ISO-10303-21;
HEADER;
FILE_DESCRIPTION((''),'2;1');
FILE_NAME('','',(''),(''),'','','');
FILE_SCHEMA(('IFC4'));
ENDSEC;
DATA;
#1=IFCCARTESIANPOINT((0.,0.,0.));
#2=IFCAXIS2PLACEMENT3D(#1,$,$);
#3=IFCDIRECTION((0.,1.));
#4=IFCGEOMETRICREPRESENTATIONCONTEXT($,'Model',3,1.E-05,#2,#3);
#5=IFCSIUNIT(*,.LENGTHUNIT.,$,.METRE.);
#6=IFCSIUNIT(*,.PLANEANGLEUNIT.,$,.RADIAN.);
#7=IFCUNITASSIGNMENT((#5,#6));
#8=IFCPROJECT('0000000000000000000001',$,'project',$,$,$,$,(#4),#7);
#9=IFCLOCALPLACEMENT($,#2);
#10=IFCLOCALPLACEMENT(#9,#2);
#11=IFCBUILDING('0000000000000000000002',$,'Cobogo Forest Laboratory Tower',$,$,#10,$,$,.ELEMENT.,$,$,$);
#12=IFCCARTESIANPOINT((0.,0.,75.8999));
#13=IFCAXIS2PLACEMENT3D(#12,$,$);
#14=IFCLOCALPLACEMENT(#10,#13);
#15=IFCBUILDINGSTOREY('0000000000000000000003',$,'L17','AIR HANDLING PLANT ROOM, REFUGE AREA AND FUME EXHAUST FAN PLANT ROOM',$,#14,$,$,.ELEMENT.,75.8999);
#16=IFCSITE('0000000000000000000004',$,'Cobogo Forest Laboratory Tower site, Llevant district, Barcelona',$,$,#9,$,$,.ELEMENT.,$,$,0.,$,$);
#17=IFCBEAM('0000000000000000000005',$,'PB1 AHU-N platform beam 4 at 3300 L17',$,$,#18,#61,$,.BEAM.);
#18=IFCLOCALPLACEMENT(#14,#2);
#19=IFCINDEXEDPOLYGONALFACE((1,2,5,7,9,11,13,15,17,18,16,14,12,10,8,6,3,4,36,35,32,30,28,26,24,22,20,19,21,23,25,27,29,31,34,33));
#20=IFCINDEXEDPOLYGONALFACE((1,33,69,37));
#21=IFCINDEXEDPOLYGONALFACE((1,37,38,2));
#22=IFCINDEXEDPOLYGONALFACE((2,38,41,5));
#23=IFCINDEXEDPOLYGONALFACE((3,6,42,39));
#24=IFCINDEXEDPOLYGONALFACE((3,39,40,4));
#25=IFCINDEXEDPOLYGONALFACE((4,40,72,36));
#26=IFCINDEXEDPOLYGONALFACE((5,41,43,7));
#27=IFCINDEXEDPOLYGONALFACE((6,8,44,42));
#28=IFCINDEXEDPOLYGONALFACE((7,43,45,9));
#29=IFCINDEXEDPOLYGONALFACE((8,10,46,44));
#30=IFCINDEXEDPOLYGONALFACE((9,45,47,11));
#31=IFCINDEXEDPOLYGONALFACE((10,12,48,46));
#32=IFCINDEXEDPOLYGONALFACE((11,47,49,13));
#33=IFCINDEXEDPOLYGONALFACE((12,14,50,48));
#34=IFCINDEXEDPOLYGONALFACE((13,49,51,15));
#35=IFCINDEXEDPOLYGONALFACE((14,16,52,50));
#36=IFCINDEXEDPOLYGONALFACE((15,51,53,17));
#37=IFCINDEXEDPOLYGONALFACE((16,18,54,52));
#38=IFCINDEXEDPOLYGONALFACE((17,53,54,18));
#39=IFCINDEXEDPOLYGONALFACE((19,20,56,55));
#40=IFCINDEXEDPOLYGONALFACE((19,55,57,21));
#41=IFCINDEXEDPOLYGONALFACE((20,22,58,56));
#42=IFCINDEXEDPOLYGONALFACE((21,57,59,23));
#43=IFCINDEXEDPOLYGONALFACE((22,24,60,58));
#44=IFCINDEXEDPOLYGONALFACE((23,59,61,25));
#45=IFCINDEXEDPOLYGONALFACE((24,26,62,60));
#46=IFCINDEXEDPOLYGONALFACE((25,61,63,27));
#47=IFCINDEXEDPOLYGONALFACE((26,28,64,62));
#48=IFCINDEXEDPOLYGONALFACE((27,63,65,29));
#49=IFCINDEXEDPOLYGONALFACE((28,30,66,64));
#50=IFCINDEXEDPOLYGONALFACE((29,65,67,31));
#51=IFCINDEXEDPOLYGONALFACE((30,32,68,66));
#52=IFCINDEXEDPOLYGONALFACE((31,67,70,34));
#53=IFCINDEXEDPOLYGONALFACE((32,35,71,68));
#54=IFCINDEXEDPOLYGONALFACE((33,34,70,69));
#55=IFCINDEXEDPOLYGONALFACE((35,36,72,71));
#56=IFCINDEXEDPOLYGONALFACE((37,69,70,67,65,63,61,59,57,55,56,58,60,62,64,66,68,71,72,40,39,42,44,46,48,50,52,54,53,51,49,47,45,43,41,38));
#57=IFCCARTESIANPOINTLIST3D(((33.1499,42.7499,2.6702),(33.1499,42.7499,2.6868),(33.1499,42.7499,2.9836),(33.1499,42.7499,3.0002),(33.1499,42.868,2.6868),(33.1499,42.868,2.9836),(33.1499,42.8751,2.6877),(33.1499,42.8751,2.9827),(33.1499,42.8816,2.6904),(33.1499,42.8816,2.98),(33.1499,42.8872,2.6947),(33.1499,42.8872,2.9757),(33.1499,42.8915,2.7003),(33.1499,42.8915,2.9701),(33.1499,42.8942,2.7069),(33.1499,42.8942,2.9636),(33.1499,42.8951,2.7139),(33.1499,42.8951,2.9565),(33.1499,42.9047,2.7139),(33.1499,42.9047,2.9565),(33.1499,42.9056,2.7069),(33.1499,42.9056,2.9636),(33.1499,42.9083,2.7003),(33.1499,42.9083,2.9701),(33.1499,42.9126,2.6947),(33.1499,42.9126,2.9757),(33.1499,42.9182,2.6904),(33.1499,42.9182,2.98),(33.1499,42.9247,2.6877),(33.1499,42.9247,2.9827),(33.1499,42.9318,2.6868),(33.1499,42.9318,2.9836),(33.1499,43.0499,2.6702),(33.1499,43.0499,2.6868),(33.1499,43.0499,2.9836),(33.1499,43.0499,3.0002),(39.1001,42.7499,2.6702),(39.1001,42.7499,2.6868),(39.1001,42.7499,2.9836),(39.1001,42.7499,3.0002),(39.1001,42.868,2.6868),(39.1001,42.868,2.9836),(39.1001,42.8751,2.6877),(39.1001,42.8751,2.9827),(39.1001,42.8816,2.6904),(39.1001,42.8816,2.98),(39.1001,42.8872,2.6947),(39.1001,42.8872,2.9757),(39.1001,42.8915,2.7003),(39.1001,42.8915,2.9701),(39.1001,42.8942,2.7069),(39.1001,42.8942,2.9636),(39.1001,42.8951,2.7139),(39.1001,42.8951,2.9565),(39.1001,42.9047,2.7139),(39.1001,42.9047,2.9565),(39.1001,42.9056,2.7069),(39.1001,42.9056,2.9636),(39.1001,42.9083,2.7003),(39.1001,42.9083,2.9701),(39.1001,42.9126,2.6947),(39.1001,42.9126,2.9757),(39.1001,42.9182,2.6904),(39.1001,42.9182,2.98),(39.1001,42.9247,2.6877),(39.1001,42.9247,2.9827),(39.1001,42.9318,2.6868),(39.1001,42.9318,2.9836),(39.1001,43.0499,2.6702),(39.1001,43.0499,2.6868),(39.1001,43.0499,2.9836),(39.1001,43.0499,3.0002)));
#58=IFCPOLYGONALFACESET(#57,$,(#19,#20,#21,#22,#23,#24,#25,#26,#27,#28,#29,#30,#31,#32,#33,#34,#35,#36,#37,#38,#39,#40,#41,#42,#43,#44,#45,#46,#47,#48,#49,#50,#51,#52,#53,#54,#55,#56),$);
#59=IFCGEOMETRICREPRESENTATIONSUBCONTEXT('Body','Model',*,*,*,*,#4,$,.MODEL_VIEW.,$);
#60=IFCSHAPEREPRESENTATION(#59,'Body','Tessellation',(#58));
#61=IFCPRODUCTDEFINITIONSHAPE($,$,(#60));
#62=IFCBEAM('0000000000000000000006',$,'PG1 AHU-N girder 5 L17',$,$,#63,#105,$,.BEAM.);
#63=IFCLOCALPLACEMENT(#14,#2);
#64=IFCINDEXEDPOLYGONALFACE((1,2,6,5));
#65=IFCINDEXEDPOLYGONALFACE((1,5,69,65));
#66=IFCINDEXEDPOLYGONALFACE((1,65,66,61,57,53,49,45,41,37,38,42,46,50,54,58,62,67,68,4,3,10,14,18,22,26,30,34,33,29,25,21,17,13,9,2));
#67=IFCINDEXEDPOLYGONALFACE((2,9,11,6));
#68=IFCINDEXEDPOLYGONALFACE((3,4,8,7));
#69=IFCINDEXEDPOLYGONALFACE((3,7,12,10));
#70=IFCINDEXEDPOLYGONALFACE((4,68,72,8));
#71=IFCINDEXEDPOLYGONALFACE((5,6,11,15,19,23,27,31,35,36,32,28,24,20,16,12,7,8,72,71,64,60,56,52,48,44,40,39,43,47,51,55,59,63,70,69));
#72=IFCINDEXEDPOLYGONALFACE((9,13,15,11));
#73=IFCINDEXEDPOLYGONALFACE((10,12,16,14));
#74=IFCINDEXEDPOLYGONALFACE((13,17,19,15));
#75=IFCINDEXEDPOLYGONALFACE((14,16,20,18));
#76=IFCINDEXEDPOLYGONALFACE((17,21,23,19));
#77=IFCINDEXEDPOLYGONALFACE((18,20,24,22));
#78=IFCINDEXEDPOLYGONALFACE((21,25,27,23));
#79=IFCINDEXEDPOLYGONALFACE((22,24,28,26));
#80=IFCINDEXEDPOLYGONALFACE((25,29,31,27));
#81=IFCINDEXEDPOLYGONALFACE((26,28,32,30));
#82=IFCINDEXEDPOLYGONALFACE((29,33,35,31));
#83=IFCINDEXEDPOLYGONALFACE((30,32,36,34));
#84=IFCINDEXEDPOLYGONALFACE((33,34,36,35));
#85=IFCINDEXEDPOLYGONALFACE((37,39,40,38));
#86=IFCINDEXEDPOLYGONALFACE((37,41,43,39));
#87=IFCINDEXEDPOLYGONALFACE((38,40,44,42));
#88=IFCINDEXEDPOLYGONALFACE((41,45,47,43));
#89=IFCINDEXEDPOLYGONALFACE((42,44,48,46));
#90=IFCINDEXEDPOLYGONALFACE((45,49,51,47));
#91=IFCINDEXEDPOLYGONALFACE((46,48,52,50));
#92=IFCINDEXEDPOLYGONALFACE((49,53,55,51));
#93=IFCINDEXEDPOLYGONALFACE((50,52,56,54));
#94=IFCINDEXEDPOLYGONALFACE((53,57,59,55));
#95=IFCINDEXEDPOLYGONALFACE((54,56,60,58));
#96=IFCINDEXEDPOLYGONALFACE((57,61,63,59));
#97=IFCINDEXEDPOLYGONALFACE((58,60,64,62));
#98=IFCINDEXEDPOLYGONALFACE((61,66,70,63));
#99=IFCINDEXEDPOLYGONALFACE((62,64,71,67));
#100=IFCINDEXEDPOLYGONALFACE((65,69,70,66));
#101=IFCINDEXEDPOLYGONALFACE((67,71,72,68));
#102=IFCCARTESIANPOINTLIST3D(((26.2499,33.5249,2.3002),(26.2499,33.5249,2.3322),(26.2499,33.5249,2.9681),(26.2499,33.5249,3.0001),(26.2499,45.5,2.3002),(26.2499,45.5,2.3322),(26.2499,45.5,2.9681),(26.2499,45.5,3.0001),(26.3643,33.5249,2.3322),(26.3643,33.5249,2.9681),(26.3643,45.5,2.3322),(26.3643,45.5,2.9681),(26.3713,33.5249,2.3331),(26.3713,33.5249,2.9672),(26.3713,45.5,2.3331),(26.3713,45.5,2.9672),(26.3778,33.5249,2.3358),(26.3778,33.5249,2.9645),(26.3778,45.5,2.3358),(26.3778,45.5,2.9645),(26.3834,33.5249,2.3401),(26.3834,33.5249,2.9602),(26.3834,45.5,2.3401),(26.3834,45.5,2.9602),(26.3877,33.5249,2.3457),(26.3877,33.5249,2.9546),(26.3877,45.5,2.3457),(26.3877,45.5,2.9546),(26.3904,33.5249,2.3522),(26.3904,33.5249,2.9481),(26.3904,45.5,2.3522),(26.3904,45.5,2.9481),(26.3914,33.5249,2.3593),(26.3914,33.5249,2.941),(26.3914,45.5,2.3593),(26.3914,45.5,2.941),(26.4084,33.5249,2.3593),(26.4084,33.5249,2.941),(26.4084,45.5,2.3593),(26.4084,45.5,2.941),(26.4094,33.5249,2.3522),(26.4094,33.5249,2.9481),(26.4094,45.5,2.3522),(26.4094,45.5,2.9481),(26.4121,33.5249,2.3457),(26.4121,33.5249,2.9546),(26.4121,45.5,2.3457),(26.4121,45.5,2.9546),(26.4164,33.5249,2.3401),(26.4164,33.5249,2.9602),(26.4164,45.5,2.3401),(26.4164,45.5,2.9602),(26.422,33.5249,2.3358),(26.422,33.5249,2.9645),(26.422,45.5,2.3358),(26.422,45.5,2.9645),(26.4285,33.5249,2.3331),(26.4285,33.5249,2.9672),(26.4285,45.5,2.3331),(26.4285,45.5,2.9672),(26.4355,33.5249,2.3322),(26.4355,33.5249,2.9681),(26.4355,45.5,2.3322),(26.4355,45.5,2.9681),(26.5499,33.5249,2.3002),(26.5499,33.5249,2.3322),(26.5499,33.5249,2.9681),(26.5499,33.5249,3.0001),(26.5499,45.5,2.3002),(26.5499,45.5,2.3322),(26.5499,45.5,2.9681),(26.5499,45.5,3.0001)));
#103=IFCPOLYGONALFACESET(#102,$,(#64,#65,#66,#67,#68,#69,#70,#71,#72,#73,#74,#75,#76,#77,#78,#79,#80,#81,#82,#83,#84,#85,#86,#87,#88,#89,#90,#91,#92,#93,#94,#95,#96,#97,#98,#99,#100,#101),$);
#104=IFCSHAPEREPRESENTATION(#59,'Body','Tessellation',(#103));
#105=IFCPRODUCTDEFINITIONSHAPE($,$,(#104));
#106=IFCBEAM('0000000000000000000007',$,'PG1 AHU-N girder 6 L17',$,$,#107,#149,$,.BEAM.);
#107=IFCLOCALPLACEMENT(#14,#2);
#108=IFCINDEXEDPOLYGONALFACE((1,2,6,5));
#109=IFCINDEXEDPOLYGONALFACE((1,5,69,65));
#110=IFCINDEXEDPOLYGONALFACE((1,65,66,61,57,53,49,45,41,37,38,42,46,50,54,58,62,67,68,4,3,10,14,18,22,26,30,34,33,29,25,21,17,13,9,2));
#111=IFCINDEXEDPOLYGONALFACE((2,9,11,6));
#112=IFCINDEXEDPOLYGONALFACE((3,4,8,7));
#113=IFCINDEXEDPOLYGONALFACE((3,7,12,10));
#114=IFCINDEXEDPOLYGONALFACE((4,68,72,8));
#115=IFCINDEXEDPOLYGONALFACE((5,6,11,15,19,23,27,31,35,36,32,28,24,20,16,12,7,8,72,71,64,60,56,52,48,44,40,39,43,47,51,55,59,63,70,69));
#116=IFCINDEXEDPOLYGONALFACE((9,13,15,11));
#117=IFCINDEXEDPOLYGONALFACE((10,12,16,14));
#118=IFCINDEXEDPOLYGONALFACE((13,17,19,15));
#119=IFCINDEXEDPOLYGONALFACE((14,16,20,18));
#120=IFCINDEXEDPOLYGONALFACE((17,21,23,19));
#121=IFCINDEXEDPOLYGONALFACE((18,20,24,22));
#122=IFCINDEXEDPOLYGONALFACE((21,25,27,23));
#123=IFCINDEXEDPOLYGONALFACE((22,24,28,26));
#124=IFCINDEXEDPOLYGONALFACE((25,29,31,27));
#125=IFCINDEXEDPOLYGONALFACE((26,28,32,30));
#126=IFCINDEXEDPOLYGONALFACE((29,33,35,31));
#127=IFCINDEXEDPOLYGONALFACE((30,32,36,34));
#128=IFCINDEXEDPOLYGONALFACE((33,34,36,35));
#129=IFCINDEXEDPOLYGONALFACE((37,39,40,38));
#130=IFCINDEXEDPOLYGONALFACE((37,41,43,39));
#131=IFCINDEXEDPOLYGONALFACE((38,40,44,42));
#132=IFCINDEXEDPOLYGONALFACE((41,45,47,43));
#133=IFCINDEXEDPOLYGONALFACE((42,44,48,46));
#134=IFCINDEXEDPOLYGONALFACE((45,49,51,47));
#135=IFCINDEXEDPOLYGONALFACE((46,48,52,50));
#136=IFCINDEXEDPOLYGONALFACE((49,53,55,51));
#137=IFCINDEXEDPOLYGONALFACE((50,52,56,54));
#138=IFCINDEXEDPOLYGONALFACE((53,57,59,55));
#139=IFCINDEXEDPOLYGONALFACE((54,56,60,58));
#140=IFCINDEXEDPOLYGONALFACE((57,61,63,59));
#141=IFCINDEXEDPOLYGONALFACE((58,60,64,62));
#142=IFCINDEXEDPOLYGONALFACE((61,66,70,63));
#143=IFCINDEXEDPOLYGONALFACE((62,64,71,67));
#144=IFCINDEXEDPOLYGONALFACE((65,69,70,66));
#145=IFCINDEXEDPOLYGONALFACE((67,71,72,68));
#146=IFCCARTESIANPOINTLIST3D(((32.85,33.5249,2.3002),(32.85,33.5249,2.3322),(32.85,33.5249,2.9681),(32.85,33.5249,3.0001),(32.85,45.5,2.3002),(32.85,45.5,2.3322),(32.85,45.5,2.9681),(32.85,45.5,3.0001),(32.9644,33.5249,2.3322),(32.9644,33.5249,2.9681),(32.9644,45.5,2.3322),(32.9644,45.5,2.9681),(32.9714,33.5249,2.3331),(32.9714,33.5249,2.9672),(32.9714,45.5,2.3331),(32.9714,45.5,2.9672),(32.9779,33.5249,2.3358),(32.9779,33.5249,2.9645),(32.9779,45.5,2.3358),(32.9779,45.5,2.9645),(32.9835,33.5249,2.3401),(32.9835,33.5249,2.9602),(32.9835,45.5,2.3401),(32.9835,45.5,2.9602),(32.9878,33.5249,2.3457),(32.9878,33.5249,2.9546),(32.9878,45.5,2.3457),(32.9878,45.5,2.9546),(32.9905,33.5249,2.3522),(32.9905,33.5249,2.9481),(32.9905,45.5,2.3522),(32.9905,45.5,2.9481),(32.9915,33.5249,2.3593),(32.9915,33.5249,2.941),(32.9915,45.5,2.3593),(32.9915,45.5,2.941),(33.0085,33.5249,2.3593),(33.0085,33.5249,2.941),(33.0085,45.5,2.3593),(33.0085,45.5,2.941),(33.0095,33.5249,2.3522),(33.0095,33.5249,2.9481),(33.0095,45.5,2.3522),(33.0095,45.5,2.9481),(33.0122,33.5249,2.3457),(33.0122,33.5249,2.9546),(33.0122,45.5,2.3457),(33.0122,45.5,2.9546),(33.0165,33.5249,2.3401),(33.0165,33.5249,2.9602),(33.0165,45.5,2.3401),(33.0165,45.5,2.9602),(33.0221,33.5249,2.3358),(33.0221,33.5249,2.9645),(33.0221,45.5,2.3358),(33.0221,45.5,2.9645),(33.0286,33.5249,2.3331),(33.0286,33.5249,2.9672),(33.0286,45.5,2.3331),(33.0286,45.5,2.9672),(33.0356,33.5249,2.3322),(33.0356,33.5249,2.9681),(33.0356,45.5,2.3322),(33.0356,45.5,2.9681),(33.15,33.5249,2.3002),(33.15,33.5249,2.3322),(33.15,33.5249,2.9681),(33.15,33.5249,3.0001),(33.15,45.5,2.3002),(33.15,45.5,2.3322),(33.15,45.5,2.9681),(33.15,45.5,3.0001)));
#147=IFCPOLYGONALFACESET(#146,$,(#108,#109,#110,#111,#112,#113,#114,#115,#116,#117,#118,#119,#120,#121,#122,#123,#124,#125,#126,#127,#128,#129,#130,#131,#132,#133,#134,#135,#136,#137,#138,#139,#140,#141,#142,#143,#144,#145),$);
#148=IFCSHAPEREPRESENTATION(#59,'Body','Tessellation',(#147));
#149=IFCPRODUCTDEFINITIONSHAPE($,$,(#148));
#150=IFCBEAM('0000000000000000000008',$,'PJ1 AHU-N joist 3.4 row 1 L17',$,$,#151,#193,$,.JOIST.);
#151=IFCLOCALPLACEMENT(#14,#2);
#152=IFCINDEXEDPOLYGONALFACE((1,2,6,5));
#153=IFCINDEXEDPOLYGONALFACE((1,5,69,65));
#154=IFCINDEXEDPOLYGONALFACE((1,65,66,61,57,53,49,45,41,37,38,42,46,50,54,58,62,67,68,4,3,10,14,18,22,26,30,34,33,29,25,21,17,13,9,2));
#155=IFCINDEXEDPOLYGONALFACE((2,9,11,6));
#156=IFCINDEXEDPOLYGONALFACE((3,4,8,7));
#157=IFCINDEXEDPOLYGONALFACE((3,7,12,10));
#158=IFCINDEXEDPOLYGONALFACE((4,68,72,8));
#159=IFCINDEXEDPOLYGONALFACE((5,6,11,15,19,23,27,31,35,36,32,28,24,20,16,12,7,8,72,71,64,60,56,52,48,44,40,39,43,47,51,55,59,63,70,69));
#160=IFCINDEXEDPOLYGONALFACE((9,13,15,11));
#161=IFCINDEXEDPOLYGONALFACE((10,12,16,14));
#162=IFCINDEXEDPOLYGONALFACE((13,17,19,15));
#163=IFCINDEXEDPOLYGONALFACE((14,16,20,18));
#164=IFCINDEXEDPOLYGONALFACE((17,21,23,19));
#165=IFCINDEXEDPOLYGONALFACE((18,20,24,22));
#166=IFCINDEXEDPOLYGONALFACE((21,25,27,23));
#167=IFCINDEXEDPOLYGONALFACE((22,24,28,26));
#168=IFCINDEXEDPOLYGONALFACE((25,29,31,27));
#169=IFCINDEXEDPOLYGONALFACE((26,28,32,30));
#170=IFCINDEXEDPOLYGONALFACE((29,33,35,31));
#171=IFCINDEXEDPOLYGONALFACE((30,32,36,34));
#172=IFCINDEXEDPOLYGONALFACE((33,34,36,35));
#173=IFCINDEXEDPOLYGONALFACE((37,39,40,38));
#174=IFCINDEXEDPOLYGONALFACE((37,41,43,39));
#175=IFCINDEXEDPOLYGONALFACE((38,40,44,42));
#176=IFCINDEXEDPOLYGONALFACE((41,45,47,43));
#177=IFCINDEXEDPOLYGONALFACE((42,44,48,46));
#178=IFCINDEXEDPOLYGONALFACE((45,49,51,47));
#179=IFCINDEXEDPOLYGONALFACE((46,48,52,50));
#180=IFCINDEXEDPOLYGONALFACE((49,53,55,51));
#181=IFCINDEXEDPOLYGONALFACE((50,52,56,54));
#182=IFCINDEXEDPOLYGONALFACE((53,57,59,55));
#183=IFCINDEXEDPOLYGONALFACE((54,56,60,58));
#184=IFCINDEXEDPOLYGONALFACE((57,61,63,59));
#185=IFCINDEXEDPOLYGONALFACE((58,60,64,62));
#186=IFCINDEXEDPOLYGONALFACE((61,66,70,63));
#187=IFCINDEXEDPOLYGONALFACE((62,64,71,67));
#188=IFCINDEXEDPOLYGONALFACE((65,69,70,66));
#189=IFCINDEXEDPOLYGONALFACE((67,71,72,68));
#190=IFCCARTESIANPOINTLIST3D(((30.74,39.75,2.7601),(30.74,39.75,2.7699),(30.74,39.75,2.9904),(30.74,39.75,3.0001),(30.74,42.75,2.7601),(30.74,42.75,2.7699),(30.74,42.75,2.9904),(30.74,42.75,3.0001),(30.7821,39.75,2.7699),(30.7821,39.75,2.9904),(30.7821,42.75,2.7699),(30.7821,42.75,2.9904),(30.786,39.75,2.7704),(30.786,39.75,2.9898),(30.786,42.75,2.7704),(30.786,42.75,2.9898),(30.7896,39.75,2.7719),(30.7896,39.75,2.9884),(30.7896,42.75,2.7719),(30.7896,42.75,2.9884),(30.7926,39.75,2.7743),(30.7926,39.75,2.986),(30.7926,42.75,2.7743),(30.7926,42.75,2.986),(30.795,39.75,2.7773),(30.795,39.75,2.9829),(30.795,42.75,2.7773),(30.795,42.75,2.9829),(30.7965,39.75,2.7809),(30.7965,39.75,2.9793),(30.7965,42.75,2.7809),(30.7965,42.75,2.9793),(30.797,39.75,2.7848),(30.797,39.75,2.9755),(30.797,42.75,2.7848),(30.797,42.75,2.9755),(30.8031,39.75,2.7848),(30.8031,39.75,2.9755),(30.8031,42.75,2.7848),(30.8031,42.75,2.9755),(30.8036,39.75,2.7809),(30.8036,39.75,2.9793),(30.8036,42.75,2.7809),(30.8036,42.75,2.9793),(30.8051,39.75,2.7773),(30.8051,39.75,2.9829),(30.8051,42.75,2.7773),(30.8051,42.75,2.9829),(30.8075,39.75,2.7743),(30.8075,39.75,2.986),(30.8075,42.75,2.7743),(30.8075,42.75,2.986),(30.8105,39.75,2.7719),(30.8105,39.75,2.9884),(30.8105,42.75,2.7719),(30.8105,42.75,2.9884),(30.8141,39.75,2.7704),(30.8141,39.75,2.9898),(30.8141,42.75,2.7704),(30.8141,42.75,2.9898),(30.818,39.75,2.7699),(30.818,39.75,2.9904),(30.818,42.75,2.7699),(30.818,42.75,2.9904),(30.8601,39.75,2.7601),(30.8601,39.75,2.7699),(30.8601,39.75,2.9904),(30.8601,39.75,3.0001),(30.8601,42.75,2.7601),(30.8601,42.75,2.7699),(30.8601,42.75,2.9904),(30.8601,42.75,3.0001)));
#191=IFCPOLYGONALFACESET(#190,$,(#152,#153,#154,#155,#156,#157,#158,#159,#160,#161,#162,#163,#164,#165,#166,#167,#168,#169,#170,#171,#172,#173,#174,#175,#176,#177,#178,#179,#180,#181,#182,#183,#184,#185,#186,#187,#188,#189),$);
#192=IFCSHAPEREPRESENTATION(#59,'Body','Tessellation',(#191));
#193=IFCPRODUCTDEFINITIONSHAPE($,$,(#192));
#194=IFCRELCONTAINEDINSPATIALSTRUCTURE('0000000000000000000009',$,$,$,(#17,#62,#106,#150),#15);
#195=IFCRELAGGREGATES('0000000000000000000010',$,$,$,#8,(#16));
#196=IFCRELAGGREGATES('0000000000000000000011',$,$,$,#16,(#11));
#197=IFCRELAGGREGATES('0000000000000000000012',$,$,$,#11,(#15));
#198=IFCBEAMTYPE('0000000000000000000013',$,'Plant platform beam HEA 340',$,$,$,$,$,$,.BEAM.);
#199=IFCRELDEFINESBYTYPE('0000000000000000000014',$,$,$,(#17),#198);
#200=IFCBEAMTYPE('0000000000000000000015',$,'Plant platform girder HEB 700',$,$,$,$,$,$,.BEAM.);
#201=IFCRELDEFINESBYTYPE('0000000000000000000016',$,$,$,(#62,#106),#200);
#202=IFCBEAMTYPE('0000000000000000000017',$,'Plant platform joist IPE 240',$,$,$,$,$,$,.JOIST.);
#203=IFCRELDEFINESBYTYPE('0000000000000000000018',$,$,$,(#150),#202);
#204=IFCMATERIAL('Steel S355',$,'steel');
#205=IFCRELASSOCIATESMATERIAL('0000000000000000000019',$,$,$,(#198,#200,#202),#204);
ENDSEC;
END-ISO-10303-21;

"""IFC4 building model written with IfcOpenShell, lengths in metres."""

from ifc_helpers import new_model, si_unit, direction, frame, origin, origin_2d, place, context, subcontext, project, spatial, i_section, extrude, material, material_profile, profile_set, type_object, element, save


model = new_model("IFC4")

# Units and contexts
model_context = context("Model", 3, precision=1e-05, world=origin(), true_north=direction((0.0, 1.0)))
body_context = subcontext(model_context, "Body", "Model", "MODEL_VIEW")
ifc_project = project(units=[si_unit("LENGTHUNIT", "METRE"), si_unit("PLANEANGLEUNIT", "RADIAN")], contexts=[model_context])

# Site, building, storey
site_placement = place(None, origin())
site = spatial("IfcSite", under=ifc_project, at=site_placement, Name="Cobogo Forest Laboratory Tower site, Llevant district, Barcelona", CompositionType="ELEMENT", RefElevation=0.0)
building_placement = place(site_placement, origin())
building = spatial("IfcBuilding", under=site, at=building_placement, Name="Cobogo Forest Laboratory Tower", CompositionType="ELEMENT")
storey_placement = place(building_placement, frame((0.0, 0.0, 75.8999)))
storey = spatial("IfcBuildingStorey", under=building, at=storey_placement, Name="L17", Description="AIR HANDLING PLANT ROOM, REFUGE AREA AND FUME EXHAUST FAN PLANT ROOM", CompositionType="ELEMENT", Elevation=75.8999)

# Shared definitions
ifc_material_1 = material(Name="Steel S355", Category="steel")

# Beams
ifc_material_profile_1 = material_profile(ifc_material_1, i_section(OverallWidth=0.3, OverallDepth=0.3301, WebThickness=0.0095, FlangeThickness=0.0166, FilletRadius=0.0271, at=origin_2d()), Name="HEA 340")
ifc_profile_set_1 = profile_set([ifc_material_profile_1], Name="Steel S355")
beam_type_1 = type_object("IfcBeamType", Name="Plant platform beam HEA 340", PredefinedType="BEAM", material=ifc_profile_set_1)
beam_1_placement = place(storey_placement, frame((33.1499, 42.8999, 2.8352), z_axis=(1.0, 0.0, 0.0), x_axis=(0.0, 1.0, 0.0)))
element("IfcBeam", 1, at=beam_1_placement, inside=storey, type_object=beam_type_1, Name="PB1 AHU-N platform beam 4 at 3300 L17", PredefinedType="BEAM", context=body_context, shape_type="SweptSolid", body=[
    extrude(i_section(OverallWidth=0.3, OverallDepth=0.3301, WebThickness=0.0095, FlangeThickness=0.0166, FilletRadius=0.0271, at=origin_2d()), origin(), (0.0, 0.0, 1.0), 5.9502),
])
ifc_material_profile_2 = material_profile(ifc_material_1, i_section(OverallWidth=0.3, OverallDepth=0.7, WebThickness=0.0171, FlangeThickness=0.032, FilletRadius=0.0271, at=origin_2d()), Name="HEB 700")
ifc_profile_set_2 = profile_set([ifc_material_profile_2], Name="Steel S355")
beam_type_2 = type_object("IfcBeamType", Name="Plant platform girder HEB 700", PredefinedType="BEAM", material=ifc_profile_set_2)
for number, where, z_axis, x_axis, name in (
    (2, (26.3999, 45.5, 2.6501), (0.0, -1.0, 0.0), (1.0, 0.0, 0.0), "PG1 AHU-N girder 5 L17"),
    (3, (33.0, 45.5, 2.6501), (0.0, -1.0, 0.0), (1.0, 0.0, 0.0), "PG1 AHU-N girder 6 L17"),
):
    element("IfcBeam", number, at=place(storey_placement, frame(where, z_axis=z_axis, x_axis=x_axis)), inside=storey, type_object=beam_type_2, Name=name, PredefinedType="BEAM", context=body_context, shape_type="SweptSolid", body=[
        extrude(i_section(OverallWidth=0.3, OverallDepth=0.7, WebThickness=0.0171, FlangeThickness=0.032, FilletRadius=0.0271, at=origin_2d()), origin(), (0.0, 0.0, 1.0), 11.9751),
    ])
ifc_material_profile_3 = material_profile(ifc_material_1, i_section(OverallWidth=0.1201, OverallDepth=0.24, WebThickness=0.0061, FlangeThickness=0.0098, FilletRadius=0.0149, at=origin_2d()), Name="IPE 240")
ifc_profile_set_3 = profile_set([ifc_material_profile_3], Name="Steel S355")
beam_type_3 = type_object("IfcBeamType", Name="Plant platform joist IPE 240", PredefinedType="JOIST", material=ifc_profile_set_3)
for number, where, z_axis, x_axis, name in (
    (4, (30.8, 42.75, 2.8801), (0.0, -1.0, 0.0), (1.0, 0.0, 0.0), "PJ1 AHU-N joist 3.4 row 1 L17"),
):
    element("IfcBeam", number, at=place(storey_placement, frame(where, z_axis=z_axis, x_axis=x_axis)), inside=storey, type_object=beam_type_3, Name=name, PredefinedType="JOIST", context=body_context, shape_type="SweptSolid", body=[
        extrude(i_section(OverallWidth=0.1201, OverallDepth=0.24, WebThickness=0.0061, FlangeThickness=0.0098, FilletRadius=0.0149, at=origin_2d()), origin(), (0.0, 0.0, 1.0), 3.0),
    ])

save(model, "model.ifc")
